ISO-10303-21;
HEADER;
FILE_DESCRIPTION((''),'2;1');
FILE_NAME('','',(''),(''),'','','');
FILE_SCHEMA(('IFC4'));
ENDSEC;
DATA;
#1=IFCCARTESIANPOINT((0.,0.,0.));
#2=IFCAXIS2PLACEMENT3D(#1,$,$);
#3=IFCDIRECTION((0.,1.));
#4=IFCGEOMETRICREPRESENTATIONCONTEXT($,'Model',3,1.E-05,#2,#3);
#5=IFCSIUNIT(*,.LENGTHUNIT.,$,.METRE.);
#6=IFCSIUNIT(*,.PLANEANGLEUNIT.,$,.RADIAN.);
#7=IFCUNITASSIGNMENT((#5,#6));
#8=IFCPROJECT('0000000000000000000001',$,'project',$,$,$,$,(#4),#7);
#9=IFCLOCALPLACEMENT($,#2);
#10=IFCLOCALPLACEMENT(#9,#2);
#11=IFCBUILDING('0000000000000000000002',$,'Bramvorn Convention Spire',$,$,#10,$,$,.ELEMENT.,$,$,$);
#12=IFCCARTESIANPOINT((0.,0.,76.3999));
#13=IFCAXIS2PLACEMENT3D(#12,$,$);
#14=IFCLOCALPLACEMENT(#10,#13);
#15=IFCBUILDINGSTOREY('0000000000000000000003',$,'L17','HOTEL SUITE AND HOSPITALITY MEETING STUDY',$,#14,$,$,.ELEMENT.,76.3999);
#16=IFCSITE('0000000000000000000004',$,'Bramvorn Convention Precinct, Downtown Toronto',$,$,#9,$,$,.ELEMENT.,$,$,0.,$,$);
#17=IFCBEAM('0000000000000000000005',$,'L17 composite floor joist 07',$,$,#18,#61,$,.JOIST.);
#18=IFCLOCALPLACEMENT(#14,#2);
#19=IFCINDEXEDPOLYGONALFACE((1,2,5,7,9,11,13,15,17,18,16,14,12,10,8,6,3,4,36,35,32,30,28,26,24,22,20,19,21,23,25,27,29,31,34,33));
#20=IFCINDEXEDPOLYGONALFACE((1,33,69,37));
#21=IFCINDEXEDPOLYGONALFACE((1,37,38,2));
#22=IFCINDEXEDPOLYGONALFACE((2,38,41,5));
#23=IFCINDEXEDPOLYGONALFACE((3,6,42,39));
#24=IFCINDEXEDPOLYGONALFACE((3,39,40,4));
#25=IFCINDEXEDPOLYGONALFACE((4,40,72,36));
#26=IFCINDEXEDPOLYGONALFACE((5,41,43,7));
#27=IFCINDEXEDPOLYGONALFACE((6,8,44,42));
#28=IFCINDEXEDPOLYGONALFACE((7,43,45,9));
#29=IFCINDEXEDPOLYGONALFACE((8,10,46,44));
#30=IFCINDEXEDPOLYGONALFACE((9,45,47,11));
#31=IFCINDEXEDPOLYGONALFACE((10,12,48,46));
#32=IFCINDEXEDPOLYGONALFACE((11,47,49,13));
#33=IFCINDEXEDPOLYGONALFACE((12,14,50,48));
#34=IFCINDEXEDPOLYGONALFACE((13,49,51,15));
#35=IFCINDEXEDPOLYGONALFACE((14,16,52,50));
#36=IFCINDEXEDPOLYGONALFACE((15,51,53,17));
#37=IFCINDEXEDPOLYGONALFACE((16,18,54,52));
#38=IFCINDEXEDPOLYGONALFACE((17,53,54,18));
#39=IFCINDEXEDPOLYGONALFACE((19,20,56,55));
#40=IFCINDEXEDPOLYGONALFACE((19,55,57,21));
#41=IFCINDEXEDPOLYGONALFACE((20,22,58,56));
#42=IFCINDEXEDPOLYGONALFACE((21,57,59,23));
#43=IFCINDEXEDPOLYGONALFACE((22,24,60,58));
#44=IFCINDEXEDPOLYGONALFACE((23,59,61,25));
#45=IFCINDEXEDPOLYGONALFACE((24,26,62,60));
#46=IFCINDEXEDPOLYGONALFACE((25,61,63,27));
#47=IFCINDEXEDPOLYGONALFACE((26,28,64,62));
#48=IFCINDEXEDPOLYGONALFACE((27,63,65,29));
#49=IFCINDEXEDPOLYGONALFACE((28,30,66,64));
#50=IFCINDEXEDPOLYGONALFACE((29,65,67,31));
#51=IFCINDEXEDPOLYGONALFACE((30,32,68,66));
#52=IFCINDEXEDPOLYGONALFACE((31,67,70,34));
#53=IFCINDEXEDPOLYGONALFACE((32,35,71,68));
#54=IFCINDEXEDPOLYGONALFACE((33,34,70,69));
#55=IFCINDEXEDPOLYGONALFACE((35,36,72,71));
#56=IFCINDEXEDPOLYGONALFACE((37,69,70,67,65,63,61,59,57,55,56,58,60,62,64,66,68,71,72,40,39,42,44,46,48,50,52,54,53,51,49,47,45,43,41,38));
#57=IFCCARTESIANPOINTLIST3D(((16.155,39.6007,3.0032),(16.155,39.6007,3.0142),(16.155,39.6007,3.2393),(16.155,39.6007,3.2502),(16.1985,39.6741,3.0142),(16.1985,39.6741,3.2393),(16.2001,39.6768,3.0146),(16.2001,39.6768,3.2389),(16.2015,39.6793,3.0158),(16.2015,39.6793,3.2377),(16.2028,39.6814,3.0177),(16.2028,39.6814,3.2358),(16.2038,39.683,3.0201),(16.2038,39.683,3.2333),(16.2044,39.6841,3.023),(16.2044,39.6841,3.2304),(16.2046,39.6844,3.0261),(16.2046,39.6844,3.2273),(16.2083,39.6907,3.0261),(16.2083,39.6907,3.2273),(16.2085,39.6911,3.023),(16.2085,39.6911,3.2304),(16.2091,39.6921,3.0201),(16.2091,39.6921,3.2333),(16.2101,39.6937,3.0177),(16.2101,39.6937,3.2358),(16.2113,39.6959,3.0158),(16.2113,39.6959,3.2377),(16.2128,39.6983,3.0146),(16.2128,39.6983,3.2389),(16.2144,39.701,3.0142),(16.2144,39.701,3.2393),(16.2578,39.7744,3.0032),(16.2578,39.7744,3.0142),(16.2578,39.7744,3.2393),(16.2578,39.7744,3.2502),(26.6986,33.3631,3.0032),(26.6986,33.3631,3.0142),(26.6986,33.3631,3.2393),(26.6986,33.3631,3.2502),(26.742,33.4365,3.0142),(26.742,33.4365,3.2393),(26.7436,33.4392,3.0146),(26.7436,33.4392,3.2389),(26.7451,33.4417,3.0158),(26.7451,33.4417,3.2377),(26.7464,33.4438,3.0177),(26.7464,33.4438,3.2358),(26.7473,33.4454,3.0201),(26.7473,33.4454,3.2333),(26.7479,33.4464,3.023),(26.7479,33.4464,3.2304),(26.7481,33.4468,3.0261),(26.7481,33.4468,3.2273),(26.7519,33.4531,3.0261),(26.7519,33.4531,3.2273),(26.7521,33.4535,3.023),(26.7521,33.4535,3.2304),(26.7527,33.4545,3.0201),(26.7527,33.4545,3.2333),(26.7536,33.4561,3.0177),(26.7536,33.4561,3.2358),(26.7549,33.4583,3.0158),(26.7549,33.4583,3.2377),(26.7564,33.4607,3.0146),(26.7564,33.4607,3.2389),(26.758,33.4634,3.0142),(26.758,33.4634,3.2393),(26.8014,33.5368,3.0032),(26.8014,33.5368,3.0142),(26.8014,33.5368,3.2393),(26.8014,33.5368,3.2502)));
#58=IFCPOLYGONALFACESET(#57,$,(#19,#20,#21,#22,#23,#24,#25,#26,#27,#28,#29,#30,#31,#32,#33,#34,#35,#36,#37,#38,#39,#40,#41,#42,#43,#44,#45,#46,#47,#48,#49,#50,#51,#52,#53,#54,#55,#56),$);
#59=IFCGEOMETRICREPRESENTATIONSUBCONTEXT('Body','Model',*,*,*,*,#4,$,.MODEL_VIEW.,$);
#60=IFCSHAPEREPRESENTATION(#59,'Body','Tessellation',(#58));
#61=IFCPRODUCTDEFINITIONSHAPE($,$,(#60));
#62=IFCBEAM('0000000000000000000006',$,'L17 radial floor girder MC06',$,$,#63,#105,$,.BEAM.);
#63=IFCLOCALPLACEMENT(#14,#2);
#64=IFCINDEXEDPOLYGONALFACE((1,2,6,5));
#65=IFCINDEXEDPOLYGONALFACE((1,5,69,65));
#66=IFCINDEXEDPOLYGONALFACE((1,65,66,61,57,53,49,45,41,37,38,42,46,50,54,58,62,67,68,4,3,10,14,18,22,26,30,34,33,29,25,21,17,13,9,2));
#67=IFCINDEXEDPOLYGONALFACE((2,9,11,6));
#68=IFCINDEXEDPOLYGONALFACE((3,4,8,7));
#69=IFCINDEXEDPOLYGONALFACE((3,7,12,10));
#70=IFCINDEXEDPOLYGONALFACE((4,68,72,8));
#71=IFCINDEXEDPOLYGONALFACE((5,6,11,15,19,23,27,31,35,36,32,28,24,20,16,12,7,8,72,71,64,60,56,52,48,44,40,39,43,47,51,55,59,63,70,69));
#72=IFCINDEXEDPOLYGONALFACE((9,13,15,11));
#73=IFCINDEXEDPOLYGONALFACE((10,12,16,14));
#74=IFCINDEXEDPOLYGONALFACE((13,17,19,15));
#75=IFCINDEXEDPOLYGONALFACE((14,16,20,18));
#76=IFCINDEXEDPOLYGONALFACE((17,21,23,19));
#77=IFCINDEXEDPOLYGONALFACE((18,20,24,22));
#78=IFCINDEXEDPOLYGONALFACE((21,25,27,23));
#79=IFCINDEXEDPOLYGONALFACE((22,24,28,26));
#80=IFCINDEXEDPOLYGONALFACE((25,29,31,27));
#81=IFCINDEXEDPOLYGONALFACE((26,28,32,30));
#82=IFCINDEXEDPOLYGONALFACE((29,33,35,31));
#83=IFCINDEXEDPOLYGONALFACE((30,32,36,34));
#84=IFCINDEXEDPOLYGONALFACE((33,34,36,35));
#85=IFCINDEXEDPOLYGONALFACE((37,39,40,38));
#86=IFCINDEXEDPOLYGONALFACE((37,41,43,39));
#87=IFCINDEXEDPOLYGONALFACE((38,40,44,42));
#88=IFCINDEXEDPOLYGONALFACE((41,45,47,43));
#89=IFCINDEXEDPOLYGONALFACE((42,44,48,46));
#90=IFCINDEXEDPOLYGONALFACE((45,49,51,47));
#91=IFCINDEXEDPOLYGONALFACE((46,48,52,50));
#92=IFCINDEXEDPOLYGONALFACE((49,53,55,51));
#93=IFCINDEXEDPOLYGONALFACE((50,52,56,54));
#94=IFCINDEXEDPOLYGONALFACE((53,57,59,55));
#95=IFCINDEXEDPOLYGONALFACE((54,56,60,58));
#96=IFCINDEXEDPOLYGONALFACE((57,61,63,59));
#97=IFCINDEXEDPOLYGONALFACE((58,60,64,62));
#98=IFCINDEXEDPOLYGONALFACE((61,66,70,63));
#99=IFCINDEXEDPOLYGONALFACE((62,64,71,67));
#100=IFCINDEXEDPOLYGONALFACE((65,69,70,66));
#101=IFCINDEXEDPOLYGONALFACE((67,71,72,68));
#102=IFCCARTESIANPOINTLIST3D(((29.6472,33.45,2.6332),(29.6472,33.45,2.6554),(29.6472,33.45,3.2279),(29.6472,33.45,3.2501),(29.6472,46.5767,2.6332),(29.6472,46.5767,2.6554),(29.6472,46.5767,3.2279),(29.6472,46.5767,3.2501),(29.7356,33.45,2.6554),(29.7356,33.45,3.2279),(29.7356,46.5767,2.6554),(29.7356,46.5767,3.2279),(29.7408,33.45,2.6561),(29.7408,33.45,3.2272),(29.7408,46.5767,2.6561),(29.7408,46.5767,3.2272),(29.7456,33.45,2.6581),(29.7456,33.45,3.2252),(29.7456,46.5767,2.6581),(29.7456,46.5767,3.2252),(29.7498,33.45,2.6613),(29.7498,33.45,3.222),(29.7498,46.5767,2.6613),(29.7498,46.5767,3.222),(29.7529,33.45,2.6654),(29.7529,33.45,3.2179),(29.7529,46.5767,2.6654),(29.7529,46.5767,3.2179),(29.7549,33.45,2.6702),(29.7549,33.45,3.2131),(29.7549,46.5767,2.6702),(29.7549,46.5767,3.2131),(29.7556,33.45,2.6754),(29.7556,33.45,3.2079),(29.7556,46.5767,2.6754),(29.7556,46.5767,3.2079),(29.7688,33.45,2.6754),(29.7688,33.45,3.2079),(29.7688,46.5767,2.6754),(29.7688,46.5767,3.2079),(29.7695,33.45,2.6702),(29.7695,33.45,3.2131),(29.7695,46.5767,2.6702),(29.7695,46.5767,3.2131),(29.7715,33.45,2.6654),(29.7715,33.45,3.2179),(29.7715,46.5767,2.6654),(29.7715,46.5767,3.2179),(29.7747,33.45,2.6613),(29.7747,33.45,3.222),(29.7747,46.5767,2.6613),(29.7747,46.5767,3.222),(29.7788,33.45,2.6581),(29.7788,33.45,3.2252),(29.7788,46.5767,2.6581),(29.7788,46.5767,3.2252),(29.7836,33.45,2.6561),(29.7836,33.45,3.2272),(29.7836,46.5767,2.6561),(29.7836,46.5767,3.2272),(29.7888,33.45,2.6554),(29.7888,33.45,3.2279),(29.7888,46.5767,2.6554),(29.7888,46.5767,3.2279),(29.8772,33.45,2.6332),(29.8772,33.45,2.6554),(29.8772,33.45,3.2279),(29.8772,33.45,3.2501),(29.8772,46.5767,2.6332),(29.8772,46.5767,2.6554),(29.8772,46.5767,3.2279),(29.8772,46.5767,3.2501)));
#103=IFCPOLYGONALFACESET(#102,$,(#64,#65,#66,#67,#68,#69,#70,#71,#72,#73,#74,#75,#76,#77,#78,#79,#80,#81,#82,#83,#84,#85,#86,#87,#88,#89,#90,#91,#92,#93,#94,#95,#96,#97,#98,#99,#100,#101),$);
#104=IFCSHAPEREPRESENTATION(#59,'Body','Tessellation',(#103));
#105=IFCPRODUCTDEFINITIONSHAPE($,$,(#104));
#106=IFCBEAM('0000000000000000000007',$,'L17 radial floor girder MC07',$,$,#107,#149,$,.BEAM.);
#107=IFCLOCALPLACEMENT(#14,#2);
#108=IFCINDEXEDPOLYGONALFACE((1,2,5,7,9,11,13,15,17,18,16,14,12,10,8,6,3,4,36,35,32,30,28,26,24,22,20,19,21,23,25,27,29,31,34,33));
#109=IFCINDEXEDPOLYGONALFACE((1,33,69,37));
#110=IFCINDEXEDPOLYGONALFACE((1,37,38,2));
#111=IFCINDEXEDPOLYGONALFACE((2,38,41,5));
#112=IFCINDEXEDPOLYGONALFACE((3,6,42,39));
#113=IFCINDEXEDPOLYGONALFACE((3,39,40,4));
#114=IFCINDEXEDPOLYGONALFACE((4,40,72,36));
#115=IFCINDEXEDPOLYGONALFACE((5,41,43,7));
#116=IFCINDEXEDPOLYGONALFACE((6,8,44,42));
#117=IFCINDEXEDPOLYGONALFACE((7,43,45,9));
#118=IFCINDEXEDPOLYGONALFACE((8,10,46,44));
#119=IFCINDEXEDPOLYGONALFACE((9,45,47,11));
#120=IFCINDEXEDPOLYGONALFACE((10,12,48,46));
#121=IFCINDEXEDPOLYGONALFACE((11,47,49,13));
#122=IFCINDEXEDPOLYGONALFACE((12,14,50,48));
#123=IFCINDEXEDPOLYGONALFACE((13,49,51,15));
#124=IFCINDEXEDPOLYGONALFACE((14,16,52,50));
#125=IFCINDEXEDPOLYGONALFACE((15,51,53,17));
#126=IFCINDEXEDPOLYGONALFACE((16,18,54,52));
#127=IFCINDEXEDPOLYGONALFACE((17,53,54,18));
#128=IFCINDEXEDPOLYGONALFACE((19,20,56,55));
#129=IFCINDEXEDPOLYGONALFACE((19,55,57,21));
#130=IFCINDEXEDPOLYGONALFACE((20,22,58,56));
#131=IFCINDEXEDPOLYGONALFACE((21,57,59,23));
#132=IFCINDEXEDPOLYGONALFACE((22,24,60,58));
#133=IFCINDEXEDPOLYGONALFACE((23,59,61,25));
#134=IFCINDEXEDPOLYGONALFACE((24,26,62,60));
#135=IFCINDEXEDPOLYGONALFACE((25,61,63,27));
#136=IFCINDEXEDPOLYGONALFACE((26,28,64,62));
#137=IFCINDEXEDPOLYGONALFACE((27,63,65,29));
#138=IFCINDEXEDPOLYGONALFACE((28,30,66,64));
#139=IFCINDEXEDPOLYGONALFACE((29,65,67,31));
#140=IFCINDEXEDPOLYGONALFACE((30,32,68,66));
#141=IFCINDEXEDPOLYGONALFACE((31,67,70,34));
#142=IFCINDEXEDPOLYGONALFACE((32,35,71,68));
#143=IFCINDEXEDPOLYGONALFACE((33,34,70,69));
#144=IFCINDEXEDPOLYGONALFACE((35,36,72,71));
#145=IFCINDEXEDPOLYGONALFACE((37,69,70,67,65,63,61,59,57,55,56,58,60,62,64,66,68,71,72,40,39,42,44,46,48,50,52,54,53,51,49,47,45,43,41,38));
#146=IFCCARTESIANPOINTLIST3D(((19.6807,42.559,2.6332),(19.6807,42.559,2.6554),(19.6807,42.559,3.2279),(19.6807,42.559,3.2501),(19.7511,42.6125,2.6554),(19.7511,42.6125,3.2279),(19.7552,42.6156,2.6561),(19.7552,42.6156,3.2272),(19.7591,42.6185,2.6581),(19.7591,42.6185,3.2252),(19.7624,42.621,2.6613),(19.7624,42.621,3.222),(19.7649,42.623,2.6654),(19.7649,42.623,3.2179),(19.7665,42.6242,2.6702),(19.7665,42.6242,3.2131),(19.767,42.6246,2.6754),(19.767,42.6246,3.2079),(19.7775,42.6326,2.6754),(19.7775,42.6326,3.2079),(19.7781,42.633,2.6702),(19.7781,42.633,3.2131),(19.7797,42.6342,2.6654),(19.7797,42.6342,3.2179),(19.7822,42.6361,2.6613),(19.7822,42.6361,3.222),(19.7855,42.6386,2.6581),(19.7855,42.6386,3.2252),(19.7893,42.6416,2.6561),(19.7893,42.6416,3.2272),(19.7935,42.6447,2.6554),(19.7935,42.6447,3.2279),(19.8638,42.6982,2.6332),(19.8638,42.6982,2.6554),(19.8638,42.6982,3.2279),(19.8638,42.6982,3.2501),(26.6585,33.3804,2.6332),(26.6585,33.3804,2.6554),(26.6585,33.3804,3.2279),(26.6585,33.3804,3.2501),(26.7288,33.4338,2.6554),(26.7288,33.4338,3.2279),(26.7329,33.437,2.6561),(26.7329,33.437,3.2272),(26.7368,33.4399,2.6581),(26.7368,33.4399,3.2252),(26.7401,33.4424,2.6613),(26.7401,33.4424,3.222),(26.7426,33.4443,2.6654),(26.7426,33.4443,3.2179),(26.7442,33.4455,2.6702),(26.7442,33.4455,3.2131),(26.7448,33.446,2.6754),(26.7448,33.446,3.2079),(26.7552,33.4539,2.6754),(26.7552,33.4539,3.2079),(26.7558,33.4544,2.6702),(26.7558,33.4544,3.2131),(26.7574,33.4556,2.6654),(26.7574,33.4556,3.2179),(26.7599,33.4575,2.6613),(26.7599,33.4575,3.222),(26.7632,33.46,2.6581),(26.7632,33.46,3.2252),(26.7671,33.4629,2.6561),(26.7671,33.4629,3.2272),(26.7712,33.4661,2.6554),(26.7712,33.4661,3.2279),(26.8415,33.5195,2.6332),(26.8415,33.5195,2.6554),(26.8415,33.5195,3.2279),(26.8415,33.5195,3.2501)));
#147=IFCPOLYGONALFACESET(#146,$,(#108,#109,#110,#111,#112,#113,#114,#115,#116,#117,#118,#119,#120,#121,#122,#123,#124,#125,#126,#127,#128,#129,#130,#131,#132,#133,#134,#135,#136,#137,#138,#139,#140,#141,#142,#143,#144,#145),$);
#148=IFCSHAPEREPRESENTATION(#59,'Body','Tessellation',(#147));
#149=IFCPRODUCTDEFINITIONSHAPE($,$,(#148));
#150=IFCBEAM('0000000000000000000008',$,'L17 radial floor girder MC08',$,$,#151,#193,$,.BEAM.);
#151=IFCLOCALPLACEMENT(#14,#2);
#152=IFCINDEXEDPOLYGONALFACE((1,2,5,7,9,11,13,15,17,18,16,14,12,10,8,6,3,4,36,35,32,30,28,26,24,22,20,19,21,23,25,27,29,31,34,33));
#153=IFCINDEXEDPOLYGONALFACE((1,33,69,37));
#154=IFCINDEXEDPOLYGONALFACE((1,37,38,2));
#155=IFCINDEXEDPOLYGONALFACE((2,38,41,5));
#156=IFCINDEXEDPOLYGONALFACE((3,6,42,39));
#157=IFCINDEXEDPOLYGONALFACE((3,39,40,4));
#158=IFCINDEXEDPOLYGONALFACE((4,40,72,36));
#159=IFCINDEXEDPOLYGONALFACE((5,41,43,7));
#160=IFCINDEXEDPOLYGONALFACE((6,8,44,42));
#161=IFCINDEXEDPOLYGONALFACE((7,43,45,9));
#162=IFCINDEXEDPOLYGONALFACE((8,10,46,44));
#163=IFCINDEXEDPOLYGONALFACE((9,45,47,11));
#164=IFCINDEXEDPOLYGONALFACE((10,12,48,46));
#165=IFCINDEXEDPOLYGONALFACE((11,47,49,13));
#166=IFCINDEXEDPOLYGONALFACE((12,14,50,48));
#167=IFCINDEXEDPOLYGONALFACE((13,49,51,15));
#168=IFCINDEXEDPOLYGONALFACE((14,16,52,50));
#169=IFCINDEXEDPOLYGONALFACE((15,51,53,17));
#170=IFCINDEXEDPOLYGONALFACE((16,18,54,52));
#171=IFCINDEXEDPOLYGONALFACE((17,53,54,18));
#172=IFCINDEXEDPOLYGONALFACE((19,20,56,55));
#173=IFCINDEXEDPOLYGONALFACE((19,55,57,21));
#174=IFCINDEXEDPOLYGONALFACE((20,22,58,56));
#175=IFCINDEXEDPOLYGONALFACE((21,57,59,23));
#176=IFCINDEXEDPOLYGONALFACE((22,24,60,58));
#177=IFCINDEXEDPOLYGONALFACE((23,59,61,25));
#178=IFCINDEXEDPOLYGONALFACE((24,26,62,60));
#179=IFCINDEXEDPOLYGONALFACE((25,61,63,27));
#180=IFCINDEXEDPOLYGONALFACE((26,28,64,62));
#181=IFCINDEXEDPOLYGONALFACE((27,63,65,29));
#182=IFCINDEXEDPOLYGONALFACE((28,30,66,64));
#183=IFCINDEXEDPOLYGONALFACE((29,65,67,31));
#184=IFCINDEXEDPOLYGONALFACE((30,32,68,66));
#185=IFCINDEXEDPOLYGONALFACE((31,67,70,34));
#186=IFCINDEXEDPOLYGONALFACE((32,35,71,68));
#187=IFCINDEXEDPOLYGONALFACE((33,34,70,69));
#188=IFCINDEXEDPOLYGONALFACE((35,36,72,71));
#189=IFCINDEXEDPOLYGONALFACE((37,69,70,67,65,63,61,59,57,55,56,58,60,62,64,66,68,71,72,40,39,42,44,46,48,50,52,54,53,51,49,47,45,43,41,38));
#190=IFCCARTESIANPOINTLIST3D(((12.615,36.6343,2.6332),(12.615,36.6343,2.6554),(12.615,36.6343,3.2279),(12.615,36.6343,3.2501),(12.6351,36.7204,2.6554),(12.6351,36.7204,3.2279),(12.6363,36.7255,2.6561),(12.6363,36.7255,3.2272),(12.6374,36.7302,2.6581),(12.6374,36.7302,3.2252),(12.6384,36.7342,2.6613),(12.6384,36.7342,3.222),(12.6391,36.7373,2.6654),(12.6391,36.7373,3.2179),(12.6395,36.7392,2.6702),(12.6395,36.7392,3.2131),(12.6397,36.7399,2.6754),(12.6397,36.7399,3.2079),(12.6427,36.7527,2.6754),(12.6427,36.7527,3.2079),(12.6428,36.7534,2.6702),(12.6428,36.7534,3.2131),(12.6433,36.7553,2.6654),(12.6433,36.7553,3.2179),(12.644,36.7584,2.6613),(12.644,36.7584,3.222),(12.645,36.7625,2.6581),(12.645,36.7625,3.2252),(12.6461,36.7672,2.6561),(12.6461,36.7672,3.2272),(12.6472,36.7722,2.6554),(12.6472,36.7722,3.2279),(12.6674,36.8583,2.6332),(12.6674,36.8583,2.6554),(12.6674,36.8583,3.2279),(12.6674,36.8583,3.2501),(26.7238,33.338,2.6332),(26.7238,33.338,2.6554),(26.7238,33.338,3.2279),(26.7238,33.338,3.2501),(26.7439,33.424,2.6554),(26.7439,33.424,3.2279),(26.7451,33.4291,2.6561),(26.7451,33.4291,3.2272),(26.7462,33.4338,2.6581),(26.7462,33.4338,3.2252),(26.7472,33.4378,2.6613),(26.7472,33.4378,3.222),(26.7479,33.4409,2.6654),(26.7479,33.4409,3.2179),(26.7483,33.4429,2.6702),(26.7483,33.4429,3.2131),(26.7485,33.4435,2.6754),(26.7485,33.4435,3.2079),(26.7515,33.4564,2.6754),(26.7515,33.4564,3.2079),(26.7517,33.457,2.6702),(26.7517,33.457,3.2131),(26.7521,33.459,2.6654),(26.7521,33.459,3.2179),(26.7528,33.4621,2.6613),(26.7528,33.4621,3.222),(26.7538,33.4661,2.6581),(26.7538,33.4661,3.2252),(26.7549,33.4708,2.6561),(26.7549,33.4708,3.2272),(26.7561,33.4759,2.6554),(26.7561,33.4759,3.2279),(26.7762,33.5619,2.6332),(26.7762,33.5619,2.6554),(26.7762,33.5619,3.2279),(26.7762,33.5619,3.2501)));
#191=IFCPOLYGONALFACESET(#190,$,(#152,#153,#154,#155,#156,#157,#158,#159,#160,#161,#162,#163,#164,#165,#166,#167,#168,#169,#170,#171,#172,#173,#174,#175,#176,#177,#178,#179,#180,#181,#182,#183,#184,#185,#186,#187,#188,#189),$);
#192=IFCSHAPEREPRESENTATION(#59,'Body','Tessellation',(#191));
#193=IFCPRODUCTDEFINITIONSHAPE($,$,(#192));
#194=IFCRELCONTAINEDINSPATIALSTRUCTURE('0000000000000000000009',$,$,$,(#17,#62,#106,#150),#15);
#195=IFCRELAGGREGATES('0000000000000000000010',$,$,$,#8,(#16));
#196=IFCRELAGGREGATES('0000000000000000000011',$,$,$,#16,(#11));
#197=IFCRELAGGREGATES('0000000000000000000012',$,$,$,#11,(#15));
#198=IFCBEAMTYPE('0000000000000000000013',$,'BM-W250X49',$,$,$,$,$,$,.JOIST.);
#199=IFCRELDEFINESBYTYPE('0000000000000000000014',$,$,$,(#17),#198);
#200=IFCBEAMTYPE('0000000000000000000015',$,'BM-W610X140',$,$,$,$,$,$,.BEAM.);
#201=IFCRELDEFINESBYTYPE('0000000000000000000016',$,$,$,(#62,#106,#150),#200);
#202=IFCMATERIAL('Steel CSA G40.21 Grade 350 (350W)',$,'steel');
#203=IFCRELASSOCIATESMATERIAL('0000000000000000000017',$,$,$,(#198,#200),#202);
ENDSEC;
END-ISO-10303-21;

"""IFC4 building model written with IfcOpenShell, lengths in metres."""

from ifc_helpers import new_model, si_unit, direction, frame, origin, origin_2d, place, context, subcontext, project, spatial, i_section, extrude, material, material_profile, profile_set, type_object, element, save


model = new_model("IFC4")

# Units and contexts
model_context = context("Model", 3, precision=1e-05, world=origin(), true_north=direction((0.0, 1.0)))
body_context = subcontext(model_context, "Body", "Model", "MODEL_VIEW")
ifc_project = project(units=[si_unit("LENGTHUNIT", "METRE"), si_unit("PLANEANGLEUNIT", "RADIAN")], contexts=[model_context])

# Site, building, storey
site_placement = place(None, origin())
site = spatial("IfcSite", under=ifc_project, at=site_placement, Name="Bramvorn Convention Precinct, Downtown Toronto", CompositionType="ELEMENT", RefElevation=0.0)
building_placement = place(site_placement, origin())
building = spatial("IfcBuilding", under=site, at=building_placement, Name="Bramvorn Convention Spire", CompositionType="ELEMENT")
storey_placement = place(building_placement, frame((0.0, 0.0, 76.3999)))
storey = spatial("IfcBuildingStorey", under=building, at=storey_placement, Name="L17", Description="HOTEL SUITE AND HOSPITALITY MEETING STUDY", CompositionType="ELEMENT", Elevation=76.3999)

# Beams
ifc_material_1 = material(Name="Steel CSA G40.21 Grade 350 (350W)", Category="steel")
ifc_material_profile_1 = material_profile(ifc_material_1, i_section(OverallWidth=0.2019, OverallDepth=0.2471, WebThickness=0.0073, FlangeThickness=0.011, FilletRadius=0.012, at=origin_2d()))
ifc_profile_set_1 = profile_set([ifc_material_profile_1], Name="Steel CSA G40.21 Grade 350 (350W) - W250X49")
beam_type_1 = type_object("IfcBeamType", Name="BM-W250X49", PredefinedType="JOIST", material=ifc_profile_set_1)
beam_1_placement = place(storey_placement, frame((26.75, 33.45, 3.1267), z_axis=(-0.860665, 0.509172, 0.0), x_axis=(-0.509172, -0.860665, 0.0)))
element("IfcBeam", 1, at=beam_1_placement, inside=storey, type_object=beam_type_1, Name="L17 composite floor joist 07", PredefinedType="JOIST", context=body_context, shape_type="SweptSolid", body=[
    extrude(i_section(OverallWidth=0.2019, OverallDepth=0.2471, WebThickness=0.0073, FlangeThickness=0.011, FilletRadius=0.012, at=origin_2d()), origin(), (0.0, 0.0, 1.0), 12.2505),
])
ifc_material_profile_2 = material_profile(ifc_material_1, i_section(OverallWidth=0.23, OverallDepth=0.6169, WebThickness=0.0132, FlangeThickness=0.0222, FilletRadius=0.02, at=origin_2d()))
ifc_profile_set_2 = profile_set([ifc_material_profile_2], Name="Steel CSA G40.21 Grade 350 (350W) - W610X140")
beam_type_2 = type_object("IfcBeamType", Name="BM-W610X140", PredefinedType="BEAM", material=ifc_profile_set_2)
beam_2_placement = place(storey_placement, frame((29.7622, 33.45, 2.9417), z_axis=(0.0, 1.0, 0.0), x_axis=(-1.0, 0.0, 0.0)))
element("IfcBeam", 2, at=beam_2_placement, inside=storey, type_object=beam_type_2, Name="L17 radial floor girder MC06", PredefinedType="BEAM", context=body_context, shape_type="SweptSolid", body=[
    extrude(i_section(OverallWidth=0.23, OverallDepth=0.6169, WebThickness=0.0132, FlangeThickness=0.0222, FilletRadius=0.02, at=origin_2d()), origin(), (0.0, 0.0, 1.0), 13.1267),
])
beam_3_placement = place(storey_placement, frame((26.75, 33.45, 2.9417), z_axis=(-0.605191, 0.79608, 0.0), x_axis=(-0.79608, -0.605191, 0.0)))
element("IfcBeam", 3, at=beam_3_placement, inside=storey, type_object=beam_type_2, Name="L17 radial floor girder MC07", PredefinedType="BEAM", context=body_context, shape_type="SweptSolid", body=[
    extrude(i_section(OverallWidth=0.23, OverallDepth=0.6169, WebThickness=0.0132, FlangeThickness=0.0222, FilletRadius=0.02, at=origin_2d()), origin(), (0.0, 0.0, 1.0), 11.5298),
])
beam_4_placement = place(storey_placement, frame((26.75, 33.45, 2.9417), z_axis=(-0.973775, 0.227512, 0.0), x_axis=(-0.227512, -0.973775, 0.0)))
element("IfcBeam", 4, at=beam_4_placement, inside=storey, type_object=beam_type_2, Name="L17 radial floor girder MC08", PredefinedType="BEAM", context=body_context, shape_type="SweptSolid", body=[
    extrude(i_section(OverallWidth=0.23, OverallDepth=0.6169, WebThickness=0.0132, FlangeThickness=0.0222, FilletRadius=0.02, at=origin_2d()), origin(), (0.0, 0.0, 1.0), 14.4888),
])

save(model, "model.ifc")
